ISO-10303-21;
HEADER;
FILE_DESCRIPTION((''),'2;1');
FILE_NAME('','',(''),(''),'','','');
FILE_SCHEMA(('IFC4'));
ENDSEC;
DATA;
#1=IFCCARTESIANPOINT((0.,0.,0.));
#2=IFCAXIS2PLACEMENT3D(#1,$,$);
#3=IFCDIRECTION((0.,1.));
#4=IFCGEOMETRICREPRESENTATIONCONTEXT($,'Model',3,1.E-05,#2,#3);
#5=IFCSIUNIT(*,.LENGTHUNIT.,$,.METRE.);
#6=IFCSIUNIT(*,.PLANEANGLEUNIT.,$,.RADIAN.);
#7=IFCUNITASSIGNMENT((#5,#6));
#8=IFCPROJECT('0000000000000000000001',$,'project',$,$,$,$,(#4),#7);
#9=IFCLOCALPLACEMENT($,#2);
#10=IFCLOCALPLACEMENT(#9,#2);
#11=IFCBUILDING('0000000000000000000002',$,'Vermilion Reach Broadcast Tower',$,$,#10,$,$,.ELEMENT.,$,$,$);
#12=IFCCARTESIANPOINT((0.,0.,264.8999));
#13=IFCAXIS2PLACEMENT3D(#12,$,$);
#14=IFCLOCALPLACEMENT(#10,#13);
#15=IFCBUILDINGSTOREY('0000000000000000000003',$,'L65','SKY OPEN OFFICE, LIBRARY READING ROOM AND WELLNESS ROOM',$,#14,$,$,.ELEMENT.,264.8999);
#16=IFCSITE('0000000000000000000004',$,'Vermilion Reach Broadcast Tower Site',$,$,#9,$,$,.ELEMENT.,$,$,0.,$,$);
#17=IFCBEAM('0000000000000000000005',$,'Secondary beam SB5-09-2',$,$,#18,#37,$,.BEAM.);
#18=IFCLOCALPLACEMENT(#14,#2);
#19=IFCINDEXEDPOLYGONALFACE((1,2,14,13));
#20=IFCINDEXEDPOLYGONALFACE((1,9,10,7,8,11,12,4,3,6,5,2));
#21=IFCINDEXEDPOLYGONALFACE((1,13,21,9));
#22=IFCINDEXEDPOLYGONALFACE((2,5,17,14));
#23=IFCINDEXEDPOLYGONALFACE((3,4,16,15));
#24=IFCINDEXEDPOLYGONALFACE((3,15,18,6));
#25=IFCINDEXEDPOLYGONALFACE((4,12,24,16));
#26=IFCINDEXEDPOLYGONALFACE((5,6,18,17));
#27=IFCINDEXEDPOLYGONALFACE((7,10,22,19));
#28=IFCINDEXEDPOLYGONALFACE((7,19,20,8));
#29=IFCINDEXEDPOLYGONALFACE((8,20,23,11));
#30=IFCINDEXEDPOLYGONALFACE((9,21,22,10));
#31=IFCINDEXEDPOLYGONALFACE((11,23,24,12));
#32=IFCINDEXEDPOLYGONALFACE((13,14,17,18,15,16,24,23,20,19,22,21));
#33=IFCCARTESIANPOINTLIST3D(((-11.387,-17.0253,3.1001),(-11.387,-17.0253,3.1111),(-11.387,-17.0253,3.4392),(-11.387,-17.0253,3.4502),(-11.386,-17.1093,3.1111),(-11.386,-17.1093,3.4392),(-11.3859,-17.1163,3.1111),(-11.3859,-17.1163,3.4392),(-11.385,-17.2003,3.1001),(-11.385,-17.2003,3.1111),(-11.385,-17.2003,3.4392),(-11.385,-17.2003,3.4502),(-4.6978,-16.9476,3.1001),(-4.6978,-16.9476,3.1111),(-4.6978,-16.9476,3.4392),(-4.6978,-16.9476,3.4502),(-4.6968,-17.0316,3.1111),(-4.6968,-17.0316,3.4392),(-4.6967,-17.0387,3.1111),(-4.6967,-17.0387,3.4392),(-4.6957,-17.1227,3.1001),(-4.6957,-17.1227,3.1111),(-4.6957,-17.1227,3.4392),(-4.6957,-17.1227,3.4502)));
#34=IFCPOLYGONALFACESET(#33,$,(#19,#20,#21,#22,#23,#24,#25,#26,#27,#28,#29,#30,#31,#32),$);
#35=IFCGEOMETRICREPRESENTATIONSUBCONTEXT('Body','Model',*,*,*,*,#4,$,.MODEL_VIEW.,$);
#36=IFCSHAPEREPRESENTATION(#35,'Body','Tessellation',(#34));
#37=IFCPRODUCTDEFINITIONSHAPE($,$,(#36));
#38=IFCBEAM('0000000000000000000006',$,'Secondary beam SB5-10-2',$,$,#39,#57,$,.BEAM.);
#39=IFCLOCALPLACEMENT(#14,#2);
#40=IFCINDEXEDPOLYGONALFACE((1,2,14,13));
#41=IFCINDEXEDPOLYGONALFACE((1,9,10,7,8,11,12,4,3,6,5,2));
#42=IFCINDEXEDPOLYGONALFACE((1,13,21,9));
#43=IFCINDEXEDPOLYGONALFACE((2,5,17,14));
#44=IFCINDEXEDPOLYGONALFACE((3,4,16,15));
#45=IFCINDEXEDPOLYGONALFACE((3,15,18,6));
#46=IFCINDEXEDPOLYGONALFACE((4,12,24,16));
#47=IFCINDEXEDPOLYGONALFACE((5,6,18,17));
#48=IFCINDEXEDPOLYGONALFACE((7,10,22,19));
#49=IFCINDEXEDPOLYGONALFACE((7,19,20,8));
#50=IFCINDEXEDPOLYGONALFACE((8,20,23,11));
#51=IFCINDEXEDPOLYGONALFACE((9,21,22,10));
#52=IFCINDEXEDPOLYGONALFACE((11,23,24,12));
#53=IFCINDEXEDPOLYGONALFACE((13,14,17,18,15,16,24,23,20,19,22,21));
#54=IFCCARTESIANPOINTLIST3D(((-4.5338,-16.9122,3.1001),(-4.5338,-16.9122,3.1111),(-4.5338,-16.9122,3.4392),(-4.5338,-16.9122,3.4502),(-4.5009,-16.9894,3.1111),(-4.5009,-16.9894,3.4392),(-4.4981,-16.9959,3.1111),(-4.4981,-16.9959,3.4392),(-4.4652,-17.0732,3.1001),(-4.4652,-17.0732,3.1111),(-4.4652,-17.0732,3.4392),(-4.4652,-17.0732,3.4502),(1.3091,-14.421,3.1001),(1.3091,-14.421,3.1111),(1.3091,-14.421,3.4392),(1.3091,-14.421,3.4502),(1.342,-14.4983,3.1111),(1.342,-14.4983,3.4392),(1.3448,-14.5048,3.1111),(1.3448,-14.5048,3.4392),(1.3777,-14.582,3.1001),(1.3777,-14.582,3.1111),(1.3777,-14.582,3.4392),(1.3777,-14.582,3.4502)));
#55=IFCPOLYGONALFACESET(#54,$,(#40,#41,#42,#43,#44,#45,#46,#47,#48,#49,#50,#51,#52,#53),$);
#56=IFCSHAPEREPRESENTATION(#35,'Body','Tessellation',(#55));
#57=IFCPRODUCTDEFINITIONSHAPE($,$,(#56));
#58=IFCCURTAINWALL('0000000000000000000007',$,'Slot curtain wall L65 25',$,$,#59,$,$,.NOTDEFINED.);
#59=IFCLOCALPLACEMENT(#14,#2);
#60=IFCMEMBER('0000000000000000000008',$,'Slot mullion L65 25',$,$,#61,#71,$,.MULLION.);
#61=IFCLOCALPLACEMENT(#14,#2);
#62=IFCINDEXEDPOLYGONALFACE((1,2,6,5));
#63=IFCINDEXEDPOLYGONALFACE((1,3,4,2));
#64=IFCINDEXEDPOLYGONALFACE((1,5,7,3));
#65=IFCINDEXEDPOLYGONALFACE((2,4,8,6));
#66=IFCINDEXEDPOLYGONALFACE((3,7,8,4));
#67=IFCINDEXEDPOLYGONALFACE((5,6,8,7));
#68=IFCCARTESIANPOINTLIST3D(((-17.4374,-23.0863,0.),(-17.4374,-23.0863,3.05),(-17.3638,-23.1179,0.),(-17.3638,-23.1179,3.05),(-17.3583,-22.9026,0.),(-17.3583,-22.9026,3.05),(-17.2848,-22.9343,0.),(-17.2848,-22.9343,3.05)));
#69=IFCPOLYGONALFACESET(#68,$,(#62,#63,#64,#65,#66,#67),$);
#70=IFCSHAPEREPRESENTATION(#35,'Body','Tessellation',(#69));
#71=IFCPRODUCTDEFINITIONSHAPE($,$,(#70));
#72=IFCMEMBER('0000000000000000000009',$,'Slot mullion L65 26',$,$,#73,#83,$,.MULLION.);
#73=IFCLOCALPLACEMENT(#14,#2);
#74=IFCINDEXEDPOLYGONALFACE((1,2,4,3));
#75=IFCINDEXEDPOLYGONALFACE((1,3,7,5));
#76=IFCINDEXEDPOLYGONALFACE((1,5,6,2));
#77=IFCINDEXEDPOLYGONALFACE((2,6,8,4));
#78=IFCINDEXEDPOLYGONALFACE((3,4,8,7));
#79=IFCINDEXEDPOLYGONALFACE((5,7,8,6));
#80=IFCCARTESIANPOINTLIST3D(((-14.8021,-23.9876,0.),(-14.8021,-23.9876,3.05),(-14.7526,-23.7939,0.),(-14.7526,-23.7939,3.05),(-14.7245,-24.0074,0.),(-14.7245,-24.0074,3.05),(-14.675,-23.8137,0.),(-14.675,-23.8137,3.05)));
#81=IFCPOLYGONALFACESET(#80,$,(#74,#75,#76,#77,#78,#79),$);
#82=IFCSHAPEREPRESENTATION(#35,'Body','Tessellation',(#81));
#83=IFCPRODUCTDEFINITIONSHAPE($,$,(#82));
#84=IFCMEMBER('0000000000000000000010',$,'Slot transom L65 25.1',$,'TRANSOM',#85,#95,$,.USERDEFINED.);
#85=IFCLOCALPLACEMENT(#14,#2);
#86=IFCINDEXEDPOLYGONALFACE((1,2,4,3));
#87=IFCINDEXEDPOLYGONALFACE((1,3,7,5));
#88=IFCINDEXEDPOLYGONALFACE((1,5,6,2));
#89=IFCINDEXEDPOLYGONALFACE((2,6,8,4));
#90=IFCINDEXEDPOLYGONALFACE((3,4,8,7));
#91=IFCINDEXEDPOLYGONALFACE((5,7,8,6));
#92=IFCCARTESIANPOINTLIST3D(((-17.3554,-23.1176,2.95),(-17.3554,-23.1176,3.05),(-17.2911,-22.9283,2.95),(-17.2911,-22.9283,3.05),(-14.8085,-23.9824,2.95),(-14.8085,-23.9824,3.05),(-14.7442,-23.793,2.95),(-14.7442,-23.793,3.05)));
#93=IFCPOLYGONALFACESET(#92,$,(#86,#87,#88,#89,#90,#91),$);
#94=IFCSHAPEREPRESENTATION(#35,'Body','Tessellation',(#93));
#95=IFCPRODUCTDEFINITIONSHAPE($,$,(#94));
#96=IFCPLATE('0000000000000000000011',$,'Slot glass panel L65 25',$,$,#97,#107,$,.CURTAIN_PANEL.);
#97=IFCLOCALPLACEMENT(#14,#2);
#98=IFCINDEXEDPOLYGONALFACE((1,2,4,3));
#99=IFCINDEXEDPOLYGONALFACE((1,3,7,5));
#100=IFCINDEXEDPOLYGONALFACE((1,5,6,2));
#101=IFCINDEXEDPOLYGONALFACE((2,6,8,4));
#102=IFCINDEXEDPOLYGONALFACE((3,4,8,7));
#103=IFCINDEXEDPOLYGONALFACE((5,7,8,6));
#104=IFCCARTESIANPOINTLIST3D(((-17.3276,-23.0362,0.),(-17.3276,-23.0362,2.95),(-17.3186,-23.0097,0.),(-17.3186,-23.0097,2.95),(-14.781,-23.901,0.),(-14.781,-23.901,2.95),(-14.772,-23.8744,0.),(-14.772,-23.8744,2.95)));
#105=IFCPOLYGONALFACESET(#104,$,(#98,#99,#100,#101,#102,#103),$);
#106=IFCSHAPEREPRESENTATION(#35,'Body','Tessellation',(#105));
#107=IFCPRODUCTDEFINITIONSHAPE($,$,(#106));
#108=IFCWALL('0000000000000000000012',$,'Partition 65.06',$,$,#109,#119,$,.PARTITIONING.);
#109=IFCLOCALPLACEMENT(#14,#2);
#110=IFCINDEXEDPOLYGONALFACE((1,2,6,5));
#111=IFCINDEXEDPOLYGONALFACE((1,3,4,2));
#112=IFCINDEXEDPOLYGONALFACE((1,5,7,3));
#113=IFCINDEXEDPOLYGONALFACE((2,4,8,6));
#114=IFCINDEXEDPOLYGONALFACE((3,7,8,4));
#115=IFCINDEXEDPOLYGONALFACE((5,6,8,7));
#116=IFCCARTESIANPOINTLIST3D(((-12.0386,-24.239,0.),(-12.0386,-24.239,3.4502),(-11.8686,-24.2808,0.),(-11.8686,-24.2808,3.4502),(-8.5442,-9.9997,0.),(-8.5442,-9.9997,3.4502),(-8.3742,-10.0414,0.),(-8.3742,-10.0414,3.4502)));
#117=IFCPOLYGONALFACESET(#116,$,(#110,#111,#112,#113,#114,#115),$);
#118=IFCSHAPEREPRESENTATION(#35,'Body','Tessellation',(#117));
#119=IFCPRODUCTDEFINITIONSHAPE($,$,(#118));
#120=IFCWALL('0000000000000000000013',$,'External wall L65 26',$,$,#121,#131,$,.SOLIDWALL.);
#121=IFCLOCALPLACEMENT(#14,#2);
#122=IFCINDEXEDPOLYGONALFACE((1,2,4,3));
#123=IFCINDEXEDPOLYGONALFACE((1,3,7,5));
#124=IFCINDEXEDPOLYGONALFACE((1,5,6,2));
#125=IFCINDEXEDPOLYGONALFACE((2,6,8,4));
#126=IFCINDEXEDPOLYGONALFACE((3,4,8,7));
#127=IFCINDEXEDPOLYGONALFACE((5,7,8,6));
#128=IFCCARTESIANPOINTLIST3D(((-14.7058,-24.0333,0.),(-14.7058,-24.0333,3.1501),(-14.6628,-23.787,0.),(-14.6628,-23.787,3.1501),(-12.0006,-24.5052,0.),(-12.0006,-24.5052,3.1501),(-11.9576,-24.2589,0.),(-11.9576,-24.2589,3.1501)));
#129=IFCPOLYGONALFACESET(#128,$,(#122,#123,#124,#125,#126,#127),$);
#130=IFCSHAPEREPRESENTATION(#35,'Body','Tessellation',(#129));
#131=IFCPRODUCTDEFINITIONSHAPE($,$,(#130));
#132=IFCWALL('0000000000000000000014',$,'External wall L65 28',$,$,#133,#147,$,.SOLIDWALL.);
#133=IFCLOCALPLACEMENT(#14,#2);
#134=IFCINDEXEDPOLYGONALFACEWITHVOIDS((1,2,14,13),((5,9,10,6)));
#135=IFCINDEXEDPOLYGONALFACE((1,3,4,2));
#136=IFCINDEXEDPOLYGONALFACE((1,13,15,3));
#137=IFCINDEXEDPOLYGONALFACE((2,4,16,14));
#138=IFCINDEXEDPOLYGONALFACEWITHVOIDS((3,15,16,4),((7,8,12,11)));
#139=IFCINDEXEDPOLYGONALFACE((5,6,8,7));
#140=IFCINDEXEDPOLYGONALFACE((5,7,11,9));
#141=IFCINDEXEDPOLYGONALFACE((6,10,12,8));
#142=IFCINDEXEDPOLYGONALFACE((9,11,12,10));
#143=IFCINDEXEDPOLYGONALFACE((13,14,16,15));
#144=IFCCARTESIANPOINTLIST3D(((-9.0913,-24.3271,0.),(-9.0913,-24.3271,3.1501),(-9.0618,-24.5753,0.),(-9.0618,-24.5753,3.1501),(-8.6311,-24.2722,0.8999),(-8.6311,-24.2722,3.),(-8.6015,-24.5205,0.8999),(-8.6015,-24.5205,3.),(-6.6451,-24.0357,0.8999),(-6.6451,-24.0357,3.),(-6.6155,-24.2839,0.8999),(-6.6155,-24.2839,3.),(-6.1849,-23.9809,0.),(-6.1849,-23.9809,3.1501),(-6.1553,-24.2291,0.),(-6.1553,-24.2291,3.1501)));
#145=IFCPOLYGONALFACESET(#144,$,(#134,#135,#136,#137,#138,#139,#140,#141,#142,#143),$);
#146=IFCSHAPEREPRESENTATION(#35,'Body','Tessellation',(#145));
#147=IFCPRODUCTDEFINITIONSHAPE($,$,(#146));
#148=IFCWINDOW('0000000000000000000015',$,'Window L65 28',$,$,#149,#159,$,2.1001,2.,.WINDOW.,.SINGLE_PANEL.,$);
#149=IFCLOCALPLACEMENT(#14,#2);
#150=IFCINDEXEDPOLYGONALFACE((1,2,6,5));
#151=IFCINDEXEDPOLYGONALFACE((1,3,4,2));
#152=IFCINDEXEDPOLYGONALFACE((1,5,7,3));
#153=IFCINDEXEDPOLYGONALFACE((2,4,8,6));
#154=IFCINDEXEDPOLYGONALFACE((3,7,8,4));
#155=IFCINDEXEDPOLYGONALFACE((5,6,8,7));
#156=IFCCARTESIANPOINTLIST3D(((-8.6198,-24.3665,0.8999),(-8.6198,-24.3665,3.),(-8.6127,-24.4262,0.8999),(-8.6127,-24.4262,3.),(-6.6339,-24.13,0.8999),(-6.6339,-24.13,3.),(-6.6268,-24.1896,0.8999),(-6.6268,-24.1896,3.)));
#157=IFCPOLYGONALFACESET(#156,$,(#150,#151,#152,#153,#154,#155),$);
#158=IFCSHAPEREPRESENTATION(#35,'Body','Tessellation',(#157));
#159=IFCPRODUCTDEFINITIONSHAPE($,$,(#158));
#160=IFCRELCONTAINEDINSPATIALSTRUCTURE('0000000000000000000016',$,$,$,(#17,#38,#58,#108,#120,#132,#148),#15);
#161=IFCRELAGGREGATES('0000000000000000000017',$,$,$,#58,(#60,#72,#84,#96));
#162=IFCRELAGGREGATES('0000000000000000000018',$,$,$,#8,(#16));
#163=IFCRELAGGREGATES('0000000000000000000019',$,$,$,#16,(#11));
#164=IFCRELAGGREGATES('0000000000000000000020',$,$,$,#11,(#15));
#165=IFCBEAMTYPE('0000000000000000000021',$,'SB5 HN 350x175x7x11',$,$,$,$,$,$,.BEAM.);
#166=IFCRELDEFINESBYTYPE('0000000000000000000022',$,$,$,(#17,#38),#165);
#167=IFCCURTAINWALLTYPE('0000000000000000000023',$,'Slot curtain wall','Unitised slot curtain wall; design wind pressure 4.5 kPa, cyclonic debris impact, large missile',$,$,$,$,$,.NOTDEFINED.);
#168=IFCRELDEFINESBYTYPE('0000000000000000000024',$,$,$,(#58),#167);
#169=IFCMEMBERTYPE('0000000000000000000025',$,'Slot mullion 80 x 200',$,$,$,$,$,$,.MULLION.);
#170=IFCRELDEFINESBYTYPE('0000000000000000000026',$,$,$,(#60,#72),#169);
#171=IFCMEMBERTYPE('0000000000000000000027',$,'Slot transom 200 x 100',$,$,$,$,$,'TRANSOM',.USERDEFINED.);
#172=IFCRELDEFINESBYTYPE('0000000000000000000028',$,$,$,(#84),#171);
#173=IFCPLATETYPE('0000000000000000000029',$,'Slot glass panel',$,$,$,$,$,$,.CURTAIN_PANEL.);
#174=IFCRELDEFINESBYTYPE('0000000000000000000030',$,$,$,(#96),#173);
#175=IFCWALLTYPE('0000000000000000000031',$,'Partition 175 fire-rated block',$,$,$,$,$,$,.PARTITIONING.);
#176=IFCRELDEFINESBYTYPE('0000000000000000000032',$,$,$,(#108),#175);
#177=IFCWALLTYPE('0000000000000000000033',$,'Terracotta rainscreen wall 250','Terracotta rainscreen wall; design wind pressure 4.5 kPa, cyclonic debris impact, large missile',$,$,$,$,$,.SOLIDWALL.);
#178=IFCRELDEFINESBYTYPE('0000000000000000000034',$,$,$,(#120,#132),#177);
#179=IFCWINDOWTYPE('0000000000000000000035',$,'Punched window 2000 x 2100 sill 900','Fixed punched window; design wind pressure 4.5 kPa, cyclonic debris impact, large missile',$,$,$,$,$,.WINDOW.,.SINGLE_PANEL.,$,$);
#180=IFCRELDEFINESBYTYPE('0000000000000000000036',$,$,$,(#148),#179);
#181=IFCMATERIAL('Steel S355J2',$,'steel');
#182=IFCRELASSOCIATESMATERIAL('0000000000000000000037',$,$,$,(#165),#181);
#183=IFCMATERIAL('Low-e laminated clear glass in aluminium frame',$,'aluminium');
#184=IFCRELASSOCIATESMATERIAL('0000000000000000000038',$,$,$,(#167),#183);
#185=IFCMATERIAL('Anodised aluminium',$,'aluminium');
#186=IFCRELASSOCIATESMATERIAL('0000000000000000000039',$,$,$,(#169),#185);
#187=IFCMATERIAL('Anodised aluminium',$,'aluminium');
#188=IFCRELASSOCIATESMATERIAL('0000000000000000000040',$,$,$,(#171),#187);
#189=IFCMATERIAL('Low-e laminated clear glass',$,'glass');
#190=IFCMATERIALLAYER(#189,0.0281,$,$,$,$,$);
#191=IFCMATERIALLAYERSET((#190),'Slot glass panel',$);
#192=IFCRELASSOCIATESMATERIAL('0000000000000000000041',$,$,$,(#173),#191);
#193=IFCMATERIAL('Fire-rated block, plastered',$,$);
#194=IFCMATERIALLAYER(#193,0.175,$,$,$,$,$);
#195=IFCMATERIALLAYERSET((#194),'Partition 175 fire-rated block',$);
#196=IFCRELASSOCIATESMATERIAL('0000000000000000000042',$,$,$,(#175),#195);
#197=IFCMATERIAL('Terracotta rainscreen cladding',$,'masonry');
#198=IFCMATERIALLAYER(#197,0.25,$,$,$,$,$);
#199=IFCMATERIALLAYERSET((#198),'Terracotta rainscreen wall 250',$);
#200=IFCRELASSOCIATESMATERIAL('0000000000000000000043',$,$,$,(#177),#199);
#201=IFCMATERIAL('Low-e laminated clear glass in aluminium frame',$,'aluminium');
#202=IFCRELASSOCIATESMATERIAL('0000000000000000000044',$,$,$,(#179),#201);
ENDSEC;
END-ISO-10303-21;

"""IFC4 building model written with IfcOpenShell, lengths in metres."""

from ifc_helpers import new_model, si_unit, direction, frame, frame_2d, origin, origin_2d, place, context, subcontext, project, spatial, rectangle, i_section, extrude, material, layer, layer_set, material_profile, profile_set, type_object, element, fill, aggregate, save


model = new_model("IFC4")

# Units and contexts
model_context = context("Model", 3, precision=1e-05, world=origin(), true_north=direction((0.0, 1.0)))
body_context = subcontext(model_context, "Body", "Model", "MODEL_VIEW")
ifc_project = project(units=[si_unit("LENGTHUNIT", "METRE"), si_unit("PLANEANGLEUNIT", "RADIAN")], contexts=[model_context])

# Site, building, storey
site_placement = place(None, origin())
site = spatial("IfcSite", under=ifc_project, at=site_placement, Name="Vermilion Reach Broadcast Tower Site", CompositionType="ELEMENT", RefElevation=0.0)
building_placement = place(site_placement, origin())
building = spatial("IfcBuilding", under=site, at=building_placement, Name="Vermilion Reach Broadcast Tower", CompositionType="ELEMENT")
storey_placement = place(building_placement, frame((0.0, 0.0, 264.8999)))
storey = spatial("IfcBuildingStorey", under=building, at=storey_placement, Name="L65", Description="SKY OPEN OFFICE, LIBRARY READING ROOM AND WELLNESS ROOM", CompositionType="ELEMENT", Elevation=264.8999)

# Beams
ifc_material_1 = material(Name="Steel S355J2", Category="steel")
ifc_material_profile_1 = material_profile(ifc_material_1, i_section(OverallWidth=0.175, OverallDepth=0.3501, WebThickness=0.0071, FlangeThickness=0.011, at=origin_2d()), Name="S355J2 HN 350x175x7x11")
ifc_profile_set_1 = profile_set([ifc_material_profile_1], Name="Steel S355J2")
beam_type_1 = type_object("IfcBeamType", Name="SB5 HN 350x175x7x11", PredefinedType="BEAM", material=ifc_profile_set_1)
beam_1_placement = place(storey_placement, frame((-11.386, -17.1128, 3.2751), z_axis=(0.999933, 0.011605, 0.0), x_axis=(-0.011605, 0.999933, 0.0)))
element("IfcBeam", 1, at=beam_1_placement, inside=storey, type_object=beam_type_1, Name="Secondary beam SB5-09-2", PredefinedType="BEAM", context=body_context, shape_type="SweptSolid", body=[
    extrude(i_section(OverallWidth=0.175, OverallDepth=0.3501, WebThickness=0.0071, FlangeThickness=0.011, at=origin_2d()), origin(), (0.0, 0.0, 1.0), 6.6897),
])
beam_2_placement = place(storey_placement, frame((-4.4995, -16.9927, 3.2751), z_axis=(0.919881, 0.392198, 0.0), x_axis=(-0.392198, 0.919881, 0.0)))
element("IfcBeam", 2, at=beam_2_placement, inside=storey, type_object=beam_type_1, Name="Secondary beam SB5-10-2", PredefinedType="BEAM", context=body_context, shape_type="SweptSolid", body=[
    extrude(i_section(OverallWidth=0.175, OverallDepth=0.3501, WebThickness=0.0071, FlangeThickness=0.011, at=origin_2d()), origin(), (0.0, 0.0, 1.0), 6.3518),
])

# Curtain wall, members, plate
ifc_material_2 = material(Name="Low-e laminated clear glass in aluminium frame", Category="aluminium")
curtain_wall_type = type_object("IfcCurtainWallType", Name="Slot curtain wall", Description="Unitised slot curtain wall; design wind pressure 4.5 kPa, cyclonic debris impact, large missile", PredefinedType="NOTDEFINED", material=ifc_material_2)
curtain_wall_placement = place(storey_placement, origin())
curtain_wall = element("IfcCurtainWall", 3, at=curtain_wall_placement, inside=storey, type_object=curtain_wall_type, Name="Slot curtain wall L65 25", PredefinedType="NOTDEFINED")
ifc_material_3 = material(Name="Anodised aluminium", Category="aluminium")
ifc_material_profile_2 = material_profile(ifc_material_3, rectangle(XDim=0.2, YDim=0.0801, at=origin_2d()), Name="Slot mullion 80 x 200")
ifc_profile_set_2 = profile_set([ifc_material_profile_2], Name="Anodised aluminium")
member_type_1 = type_object("IfcMemberType", Name="Slot mullion 80 x 200", PredefinedType="MULLION", material=ifc_profile_set_2)
member_1_placement = place(storey_placement, frame((-17.3611, -23.0103, 0.0), z_axis=(0.0, 0.0, 1.0), x_axis=(0.395403, 0.918508, 0.0)))
member_1 = element("IfcMember", 4, at=member_1_placement, type_object=member_type_1, Name="Slot mullion L65 25", PredefinedType="MULLION", context=body_context, shape_type="SweptSolid", body=[
    extrude(rectangle(XDim=0.2, YDim=0.0801, at=origin_2d()), origin(), (0.0, 0.0, 1.0), 3.05),
])
member_2_placement = place(storey_placement, frame((-14.7385, -23.9006, 0.0), z_axis=(0.0, 0.0, 1.0), x_axis=(0.247447, 0.968901, 0.0)))
member_2 = element("IfcMember", 5, at=member_2_placement, type_object=member_type_1, Name="Slot mullion L65 26", PredefinedType="MULLION", context=body_context, shape_type="SweptSolid", body=[
    extrude(rectangle(XDim=0.2, YDim=0.0801, at=origin_2d()), origin(), (0.0, 0.0, 1.0), 3.05),
])
ifc_material_4 = material(Name="Anodised aluminium", Category="aluminium")
ifc_material_profile_3 = material_profile(ifc_material_4, rectangle(XDim=0.2, YDim=0.1001, at=origin_2d()), Name="Slot transom 200 x 100")
ifc_profile_set_3 = profile_set([ifc_material_profile_3], Name="Anodised aluminium")
member_type_2 = type_object("IfcMemberType", Name="Slot transom 200 x 100", ElementType="TRANSOM", PredefinedType="USERDEFINED", material=ifc_profile_set_3)
member_3_placement = place(storey_placement, frame((-17.3232, -23.0229, 3.0), z_axis=(0.946908, -0.321506, 0.0), x_axis=(0.321506, 0.946908, 0.0)))
member_3 = element("IfcMember", 6, at=member_3_placement, type_object=member_type_2, Name="Slot transom L65 25.1", ObjectType="TRANSOM", PredefinedType="USERDEFINED", context=body_context, shape_type="SweptSolid", body=[
    extrude(rectangle(XDim=0.2, YDim=0.1001, at=origin_2d()), origin(), (0.0, 0.0, 1.0), 2.6897),
])
ifc_material_5 = material(Name="Low-e laminated clear glass", Category="glass")
ifc_layer_1 = layer(ifc_material_5, 0.0281)
ifc_layer_set_1 = layer_set([ifc_layer_1], Name="Slot glass panel")
plate_type = type_object("IfcPlateType", Name="Slot glass panel", PredefinedType="CURTAIN_PANEL", material=ifc_layer_set_1)
plate_placement = place(storey_placement, frame((-16.0498, -23.4553, 0.0), z_axis=(0.0, 0.0, 1.0), x_axis=(0.9469, -0.321529, 0.0)))
plate = element("IfcPlate", 7, at=plate_placement, type_object=plate_type, Name="Slot glass panel L65 25", PredefinedType="CURTAIN_PANEL", context=body_context, shape_type="SweptSolid", body=[
    extrude(rectangle(XDim=2.6895, YDim=0.0281, at=origin_2d()), origin(), (0.0, 0.0, 1.0), 2.95),
])
aggregate(curtain_wall, [member_1, member_2, member_3, plate])

# Walls
ifc_material_6 = material(Name="Fire-rated block, plastered")
ifc_layer_2 = layer(ifc_material_6, 0.175)
ifc_layer_set_2 = layer_set([ifc_layer_2], Name="Partition 175 fire-rated block")
wall_type_1 = type_object("IfcWallType", Name="Partition 175 fire-rated block", PredefinedType="PARTITIONING", material=ifc_layer_set_2)
wall_1_placement = place(storey_placement, frame((-11.9536, -24.26, 0.0), z_axis=(0.0, 0.0, 1.0), x_axis=(0.238333, 0.971183, 0.0)))
element("IfcWall", 8, at=wall_1_placement, inside=storey, type_object=wall_type_1, Name="Partition 65.06", PredefinedType="PARTITIONING", context=body_context, shape_type="SweptSolid", body=[
    extrude(rectangle(XDim=14.6619, YDim=0.175, at=frame_2d((7.3311, 0.0))), origin(), (0.0, 0.0, 1.0), 3.4502),
])
ifc_material_7 = material(Name="Terracotta rainscreen cladding", Category="masonry")
ifc_layer_3 = layer(ifc_material_7, 0.25)
ifc_layer_set_3 = layer_set([ifc_layer_3], Name="Terracotta rainscreen wall 250")
wall_type_2 = type_object("IfcWallType", Name="Terracotta rainscreen wall 250", Description="Terracotta rainscreen wall; design wind pressure 4.5 kPa, cyclonic debris impact, large missile", PredefinedType="SOLIDWALL", material=ifc_layer_set_3)
wall_2_placement = place(storey_placement, frame((-14.6843, -23.9102, 0.0), z_axis=(0.0, 0.0, 1.0), x_axis=(0.985124, -0.171848, 0.0)))
element("IfcWall", 9, at=wall_2_placement, inside=storey, type_object=wall_type_2, Name="External wall L65 26", PredefinedType="SOLIDWALL", context=body_context, shape_type="SweptSolid", body=[
    extrude(rectangle(XDim=2.7461, YDim=0.25, at=frame_2d((1.373, 0.0))), origin(), (0.0, 0.0, 1.0), 3.1501),
])

# Wall, opening, window
wall_3_placement = place(storey_placement, frame((-9.0764, -24.4512, 0.0), z_axis=(0.0, 0.0, 1.0), x_axis=(0.992981, 0.118274, 0.0)))
wall_3 = element("IfcWall", 10, at=wall_3_placement, inside=storey, type_object=wall_type_2, Name="External wall L65 28", PredefinedType="SOLIDWALL", context=body_context, shape_type="SweptSolid", body=[
    extrude(rectangle(XDim=2.927, YDim=0.25, at=frame_2d((1.4634, 0.0))), origin(), (0.0, 0.0, 1.0), 3.1501),
])
opening_1_placement = place(wall_3_placement, frame((0.4634, 0.0, 0.8999)))
opening_1 = element("IfcOpeningElement", 11, at=opening_1_placement, cuts=wall_3, PredefinedType="OPENING", context=body_context, shape_type="SweptSolid", body=[
    extrude(rectangle(XDim=2.0, YDim=2.1001, at=frame_2d((1.0, 1.05))), frame((0.0, 0.135, 0.0), z_axis=(0.0, -1.0, 0.0), x_axis=(1.0, 0.0, 0.0)), (0.0, 0.0, 1.0), 0.27),
])
ifc_material_8 = material(Name="Low-e laminated clear glass in aluminium frame", Category="aluminium")
window_type = type_object("IfcWindowType", Name="Punched window 2000 x 2100 sill 900", Description="Fixed punched window; design wind pressure 4.5 kPa, cyclonic debris impact, large missile", PartitioningType="SINGLE_PANEL", PredefinedType="WINDOW", material=ifc_material_8)
window_1_placement = place(opening_1_placement, origin())
window_1 = element("IfcWindow", 12, at=window_1_placement, inside=storey, type_object=window_type, Name="Window L65 28", OverallHeight=2.1001, OverallWidth=2.0, PartitioningType="SINGLE_PANEL", PredefinedType="WINDOW", context=body_context, shape_type="SweptSolid", body=[
    extrude(rectangle(XDim=2.0, YDim=2.1001, at=frame_2d((1.0, 1.05))), frame((0.0, 0.03, 0.0), z_axis=(0.0, -1.0, 0.0), x_axis=(1.0, 0.0, 0.0)), (0.0, 0.0, 1.0), 0.0601),
])
fill(opening_1, window_1)

save(model, "model.ifc")
